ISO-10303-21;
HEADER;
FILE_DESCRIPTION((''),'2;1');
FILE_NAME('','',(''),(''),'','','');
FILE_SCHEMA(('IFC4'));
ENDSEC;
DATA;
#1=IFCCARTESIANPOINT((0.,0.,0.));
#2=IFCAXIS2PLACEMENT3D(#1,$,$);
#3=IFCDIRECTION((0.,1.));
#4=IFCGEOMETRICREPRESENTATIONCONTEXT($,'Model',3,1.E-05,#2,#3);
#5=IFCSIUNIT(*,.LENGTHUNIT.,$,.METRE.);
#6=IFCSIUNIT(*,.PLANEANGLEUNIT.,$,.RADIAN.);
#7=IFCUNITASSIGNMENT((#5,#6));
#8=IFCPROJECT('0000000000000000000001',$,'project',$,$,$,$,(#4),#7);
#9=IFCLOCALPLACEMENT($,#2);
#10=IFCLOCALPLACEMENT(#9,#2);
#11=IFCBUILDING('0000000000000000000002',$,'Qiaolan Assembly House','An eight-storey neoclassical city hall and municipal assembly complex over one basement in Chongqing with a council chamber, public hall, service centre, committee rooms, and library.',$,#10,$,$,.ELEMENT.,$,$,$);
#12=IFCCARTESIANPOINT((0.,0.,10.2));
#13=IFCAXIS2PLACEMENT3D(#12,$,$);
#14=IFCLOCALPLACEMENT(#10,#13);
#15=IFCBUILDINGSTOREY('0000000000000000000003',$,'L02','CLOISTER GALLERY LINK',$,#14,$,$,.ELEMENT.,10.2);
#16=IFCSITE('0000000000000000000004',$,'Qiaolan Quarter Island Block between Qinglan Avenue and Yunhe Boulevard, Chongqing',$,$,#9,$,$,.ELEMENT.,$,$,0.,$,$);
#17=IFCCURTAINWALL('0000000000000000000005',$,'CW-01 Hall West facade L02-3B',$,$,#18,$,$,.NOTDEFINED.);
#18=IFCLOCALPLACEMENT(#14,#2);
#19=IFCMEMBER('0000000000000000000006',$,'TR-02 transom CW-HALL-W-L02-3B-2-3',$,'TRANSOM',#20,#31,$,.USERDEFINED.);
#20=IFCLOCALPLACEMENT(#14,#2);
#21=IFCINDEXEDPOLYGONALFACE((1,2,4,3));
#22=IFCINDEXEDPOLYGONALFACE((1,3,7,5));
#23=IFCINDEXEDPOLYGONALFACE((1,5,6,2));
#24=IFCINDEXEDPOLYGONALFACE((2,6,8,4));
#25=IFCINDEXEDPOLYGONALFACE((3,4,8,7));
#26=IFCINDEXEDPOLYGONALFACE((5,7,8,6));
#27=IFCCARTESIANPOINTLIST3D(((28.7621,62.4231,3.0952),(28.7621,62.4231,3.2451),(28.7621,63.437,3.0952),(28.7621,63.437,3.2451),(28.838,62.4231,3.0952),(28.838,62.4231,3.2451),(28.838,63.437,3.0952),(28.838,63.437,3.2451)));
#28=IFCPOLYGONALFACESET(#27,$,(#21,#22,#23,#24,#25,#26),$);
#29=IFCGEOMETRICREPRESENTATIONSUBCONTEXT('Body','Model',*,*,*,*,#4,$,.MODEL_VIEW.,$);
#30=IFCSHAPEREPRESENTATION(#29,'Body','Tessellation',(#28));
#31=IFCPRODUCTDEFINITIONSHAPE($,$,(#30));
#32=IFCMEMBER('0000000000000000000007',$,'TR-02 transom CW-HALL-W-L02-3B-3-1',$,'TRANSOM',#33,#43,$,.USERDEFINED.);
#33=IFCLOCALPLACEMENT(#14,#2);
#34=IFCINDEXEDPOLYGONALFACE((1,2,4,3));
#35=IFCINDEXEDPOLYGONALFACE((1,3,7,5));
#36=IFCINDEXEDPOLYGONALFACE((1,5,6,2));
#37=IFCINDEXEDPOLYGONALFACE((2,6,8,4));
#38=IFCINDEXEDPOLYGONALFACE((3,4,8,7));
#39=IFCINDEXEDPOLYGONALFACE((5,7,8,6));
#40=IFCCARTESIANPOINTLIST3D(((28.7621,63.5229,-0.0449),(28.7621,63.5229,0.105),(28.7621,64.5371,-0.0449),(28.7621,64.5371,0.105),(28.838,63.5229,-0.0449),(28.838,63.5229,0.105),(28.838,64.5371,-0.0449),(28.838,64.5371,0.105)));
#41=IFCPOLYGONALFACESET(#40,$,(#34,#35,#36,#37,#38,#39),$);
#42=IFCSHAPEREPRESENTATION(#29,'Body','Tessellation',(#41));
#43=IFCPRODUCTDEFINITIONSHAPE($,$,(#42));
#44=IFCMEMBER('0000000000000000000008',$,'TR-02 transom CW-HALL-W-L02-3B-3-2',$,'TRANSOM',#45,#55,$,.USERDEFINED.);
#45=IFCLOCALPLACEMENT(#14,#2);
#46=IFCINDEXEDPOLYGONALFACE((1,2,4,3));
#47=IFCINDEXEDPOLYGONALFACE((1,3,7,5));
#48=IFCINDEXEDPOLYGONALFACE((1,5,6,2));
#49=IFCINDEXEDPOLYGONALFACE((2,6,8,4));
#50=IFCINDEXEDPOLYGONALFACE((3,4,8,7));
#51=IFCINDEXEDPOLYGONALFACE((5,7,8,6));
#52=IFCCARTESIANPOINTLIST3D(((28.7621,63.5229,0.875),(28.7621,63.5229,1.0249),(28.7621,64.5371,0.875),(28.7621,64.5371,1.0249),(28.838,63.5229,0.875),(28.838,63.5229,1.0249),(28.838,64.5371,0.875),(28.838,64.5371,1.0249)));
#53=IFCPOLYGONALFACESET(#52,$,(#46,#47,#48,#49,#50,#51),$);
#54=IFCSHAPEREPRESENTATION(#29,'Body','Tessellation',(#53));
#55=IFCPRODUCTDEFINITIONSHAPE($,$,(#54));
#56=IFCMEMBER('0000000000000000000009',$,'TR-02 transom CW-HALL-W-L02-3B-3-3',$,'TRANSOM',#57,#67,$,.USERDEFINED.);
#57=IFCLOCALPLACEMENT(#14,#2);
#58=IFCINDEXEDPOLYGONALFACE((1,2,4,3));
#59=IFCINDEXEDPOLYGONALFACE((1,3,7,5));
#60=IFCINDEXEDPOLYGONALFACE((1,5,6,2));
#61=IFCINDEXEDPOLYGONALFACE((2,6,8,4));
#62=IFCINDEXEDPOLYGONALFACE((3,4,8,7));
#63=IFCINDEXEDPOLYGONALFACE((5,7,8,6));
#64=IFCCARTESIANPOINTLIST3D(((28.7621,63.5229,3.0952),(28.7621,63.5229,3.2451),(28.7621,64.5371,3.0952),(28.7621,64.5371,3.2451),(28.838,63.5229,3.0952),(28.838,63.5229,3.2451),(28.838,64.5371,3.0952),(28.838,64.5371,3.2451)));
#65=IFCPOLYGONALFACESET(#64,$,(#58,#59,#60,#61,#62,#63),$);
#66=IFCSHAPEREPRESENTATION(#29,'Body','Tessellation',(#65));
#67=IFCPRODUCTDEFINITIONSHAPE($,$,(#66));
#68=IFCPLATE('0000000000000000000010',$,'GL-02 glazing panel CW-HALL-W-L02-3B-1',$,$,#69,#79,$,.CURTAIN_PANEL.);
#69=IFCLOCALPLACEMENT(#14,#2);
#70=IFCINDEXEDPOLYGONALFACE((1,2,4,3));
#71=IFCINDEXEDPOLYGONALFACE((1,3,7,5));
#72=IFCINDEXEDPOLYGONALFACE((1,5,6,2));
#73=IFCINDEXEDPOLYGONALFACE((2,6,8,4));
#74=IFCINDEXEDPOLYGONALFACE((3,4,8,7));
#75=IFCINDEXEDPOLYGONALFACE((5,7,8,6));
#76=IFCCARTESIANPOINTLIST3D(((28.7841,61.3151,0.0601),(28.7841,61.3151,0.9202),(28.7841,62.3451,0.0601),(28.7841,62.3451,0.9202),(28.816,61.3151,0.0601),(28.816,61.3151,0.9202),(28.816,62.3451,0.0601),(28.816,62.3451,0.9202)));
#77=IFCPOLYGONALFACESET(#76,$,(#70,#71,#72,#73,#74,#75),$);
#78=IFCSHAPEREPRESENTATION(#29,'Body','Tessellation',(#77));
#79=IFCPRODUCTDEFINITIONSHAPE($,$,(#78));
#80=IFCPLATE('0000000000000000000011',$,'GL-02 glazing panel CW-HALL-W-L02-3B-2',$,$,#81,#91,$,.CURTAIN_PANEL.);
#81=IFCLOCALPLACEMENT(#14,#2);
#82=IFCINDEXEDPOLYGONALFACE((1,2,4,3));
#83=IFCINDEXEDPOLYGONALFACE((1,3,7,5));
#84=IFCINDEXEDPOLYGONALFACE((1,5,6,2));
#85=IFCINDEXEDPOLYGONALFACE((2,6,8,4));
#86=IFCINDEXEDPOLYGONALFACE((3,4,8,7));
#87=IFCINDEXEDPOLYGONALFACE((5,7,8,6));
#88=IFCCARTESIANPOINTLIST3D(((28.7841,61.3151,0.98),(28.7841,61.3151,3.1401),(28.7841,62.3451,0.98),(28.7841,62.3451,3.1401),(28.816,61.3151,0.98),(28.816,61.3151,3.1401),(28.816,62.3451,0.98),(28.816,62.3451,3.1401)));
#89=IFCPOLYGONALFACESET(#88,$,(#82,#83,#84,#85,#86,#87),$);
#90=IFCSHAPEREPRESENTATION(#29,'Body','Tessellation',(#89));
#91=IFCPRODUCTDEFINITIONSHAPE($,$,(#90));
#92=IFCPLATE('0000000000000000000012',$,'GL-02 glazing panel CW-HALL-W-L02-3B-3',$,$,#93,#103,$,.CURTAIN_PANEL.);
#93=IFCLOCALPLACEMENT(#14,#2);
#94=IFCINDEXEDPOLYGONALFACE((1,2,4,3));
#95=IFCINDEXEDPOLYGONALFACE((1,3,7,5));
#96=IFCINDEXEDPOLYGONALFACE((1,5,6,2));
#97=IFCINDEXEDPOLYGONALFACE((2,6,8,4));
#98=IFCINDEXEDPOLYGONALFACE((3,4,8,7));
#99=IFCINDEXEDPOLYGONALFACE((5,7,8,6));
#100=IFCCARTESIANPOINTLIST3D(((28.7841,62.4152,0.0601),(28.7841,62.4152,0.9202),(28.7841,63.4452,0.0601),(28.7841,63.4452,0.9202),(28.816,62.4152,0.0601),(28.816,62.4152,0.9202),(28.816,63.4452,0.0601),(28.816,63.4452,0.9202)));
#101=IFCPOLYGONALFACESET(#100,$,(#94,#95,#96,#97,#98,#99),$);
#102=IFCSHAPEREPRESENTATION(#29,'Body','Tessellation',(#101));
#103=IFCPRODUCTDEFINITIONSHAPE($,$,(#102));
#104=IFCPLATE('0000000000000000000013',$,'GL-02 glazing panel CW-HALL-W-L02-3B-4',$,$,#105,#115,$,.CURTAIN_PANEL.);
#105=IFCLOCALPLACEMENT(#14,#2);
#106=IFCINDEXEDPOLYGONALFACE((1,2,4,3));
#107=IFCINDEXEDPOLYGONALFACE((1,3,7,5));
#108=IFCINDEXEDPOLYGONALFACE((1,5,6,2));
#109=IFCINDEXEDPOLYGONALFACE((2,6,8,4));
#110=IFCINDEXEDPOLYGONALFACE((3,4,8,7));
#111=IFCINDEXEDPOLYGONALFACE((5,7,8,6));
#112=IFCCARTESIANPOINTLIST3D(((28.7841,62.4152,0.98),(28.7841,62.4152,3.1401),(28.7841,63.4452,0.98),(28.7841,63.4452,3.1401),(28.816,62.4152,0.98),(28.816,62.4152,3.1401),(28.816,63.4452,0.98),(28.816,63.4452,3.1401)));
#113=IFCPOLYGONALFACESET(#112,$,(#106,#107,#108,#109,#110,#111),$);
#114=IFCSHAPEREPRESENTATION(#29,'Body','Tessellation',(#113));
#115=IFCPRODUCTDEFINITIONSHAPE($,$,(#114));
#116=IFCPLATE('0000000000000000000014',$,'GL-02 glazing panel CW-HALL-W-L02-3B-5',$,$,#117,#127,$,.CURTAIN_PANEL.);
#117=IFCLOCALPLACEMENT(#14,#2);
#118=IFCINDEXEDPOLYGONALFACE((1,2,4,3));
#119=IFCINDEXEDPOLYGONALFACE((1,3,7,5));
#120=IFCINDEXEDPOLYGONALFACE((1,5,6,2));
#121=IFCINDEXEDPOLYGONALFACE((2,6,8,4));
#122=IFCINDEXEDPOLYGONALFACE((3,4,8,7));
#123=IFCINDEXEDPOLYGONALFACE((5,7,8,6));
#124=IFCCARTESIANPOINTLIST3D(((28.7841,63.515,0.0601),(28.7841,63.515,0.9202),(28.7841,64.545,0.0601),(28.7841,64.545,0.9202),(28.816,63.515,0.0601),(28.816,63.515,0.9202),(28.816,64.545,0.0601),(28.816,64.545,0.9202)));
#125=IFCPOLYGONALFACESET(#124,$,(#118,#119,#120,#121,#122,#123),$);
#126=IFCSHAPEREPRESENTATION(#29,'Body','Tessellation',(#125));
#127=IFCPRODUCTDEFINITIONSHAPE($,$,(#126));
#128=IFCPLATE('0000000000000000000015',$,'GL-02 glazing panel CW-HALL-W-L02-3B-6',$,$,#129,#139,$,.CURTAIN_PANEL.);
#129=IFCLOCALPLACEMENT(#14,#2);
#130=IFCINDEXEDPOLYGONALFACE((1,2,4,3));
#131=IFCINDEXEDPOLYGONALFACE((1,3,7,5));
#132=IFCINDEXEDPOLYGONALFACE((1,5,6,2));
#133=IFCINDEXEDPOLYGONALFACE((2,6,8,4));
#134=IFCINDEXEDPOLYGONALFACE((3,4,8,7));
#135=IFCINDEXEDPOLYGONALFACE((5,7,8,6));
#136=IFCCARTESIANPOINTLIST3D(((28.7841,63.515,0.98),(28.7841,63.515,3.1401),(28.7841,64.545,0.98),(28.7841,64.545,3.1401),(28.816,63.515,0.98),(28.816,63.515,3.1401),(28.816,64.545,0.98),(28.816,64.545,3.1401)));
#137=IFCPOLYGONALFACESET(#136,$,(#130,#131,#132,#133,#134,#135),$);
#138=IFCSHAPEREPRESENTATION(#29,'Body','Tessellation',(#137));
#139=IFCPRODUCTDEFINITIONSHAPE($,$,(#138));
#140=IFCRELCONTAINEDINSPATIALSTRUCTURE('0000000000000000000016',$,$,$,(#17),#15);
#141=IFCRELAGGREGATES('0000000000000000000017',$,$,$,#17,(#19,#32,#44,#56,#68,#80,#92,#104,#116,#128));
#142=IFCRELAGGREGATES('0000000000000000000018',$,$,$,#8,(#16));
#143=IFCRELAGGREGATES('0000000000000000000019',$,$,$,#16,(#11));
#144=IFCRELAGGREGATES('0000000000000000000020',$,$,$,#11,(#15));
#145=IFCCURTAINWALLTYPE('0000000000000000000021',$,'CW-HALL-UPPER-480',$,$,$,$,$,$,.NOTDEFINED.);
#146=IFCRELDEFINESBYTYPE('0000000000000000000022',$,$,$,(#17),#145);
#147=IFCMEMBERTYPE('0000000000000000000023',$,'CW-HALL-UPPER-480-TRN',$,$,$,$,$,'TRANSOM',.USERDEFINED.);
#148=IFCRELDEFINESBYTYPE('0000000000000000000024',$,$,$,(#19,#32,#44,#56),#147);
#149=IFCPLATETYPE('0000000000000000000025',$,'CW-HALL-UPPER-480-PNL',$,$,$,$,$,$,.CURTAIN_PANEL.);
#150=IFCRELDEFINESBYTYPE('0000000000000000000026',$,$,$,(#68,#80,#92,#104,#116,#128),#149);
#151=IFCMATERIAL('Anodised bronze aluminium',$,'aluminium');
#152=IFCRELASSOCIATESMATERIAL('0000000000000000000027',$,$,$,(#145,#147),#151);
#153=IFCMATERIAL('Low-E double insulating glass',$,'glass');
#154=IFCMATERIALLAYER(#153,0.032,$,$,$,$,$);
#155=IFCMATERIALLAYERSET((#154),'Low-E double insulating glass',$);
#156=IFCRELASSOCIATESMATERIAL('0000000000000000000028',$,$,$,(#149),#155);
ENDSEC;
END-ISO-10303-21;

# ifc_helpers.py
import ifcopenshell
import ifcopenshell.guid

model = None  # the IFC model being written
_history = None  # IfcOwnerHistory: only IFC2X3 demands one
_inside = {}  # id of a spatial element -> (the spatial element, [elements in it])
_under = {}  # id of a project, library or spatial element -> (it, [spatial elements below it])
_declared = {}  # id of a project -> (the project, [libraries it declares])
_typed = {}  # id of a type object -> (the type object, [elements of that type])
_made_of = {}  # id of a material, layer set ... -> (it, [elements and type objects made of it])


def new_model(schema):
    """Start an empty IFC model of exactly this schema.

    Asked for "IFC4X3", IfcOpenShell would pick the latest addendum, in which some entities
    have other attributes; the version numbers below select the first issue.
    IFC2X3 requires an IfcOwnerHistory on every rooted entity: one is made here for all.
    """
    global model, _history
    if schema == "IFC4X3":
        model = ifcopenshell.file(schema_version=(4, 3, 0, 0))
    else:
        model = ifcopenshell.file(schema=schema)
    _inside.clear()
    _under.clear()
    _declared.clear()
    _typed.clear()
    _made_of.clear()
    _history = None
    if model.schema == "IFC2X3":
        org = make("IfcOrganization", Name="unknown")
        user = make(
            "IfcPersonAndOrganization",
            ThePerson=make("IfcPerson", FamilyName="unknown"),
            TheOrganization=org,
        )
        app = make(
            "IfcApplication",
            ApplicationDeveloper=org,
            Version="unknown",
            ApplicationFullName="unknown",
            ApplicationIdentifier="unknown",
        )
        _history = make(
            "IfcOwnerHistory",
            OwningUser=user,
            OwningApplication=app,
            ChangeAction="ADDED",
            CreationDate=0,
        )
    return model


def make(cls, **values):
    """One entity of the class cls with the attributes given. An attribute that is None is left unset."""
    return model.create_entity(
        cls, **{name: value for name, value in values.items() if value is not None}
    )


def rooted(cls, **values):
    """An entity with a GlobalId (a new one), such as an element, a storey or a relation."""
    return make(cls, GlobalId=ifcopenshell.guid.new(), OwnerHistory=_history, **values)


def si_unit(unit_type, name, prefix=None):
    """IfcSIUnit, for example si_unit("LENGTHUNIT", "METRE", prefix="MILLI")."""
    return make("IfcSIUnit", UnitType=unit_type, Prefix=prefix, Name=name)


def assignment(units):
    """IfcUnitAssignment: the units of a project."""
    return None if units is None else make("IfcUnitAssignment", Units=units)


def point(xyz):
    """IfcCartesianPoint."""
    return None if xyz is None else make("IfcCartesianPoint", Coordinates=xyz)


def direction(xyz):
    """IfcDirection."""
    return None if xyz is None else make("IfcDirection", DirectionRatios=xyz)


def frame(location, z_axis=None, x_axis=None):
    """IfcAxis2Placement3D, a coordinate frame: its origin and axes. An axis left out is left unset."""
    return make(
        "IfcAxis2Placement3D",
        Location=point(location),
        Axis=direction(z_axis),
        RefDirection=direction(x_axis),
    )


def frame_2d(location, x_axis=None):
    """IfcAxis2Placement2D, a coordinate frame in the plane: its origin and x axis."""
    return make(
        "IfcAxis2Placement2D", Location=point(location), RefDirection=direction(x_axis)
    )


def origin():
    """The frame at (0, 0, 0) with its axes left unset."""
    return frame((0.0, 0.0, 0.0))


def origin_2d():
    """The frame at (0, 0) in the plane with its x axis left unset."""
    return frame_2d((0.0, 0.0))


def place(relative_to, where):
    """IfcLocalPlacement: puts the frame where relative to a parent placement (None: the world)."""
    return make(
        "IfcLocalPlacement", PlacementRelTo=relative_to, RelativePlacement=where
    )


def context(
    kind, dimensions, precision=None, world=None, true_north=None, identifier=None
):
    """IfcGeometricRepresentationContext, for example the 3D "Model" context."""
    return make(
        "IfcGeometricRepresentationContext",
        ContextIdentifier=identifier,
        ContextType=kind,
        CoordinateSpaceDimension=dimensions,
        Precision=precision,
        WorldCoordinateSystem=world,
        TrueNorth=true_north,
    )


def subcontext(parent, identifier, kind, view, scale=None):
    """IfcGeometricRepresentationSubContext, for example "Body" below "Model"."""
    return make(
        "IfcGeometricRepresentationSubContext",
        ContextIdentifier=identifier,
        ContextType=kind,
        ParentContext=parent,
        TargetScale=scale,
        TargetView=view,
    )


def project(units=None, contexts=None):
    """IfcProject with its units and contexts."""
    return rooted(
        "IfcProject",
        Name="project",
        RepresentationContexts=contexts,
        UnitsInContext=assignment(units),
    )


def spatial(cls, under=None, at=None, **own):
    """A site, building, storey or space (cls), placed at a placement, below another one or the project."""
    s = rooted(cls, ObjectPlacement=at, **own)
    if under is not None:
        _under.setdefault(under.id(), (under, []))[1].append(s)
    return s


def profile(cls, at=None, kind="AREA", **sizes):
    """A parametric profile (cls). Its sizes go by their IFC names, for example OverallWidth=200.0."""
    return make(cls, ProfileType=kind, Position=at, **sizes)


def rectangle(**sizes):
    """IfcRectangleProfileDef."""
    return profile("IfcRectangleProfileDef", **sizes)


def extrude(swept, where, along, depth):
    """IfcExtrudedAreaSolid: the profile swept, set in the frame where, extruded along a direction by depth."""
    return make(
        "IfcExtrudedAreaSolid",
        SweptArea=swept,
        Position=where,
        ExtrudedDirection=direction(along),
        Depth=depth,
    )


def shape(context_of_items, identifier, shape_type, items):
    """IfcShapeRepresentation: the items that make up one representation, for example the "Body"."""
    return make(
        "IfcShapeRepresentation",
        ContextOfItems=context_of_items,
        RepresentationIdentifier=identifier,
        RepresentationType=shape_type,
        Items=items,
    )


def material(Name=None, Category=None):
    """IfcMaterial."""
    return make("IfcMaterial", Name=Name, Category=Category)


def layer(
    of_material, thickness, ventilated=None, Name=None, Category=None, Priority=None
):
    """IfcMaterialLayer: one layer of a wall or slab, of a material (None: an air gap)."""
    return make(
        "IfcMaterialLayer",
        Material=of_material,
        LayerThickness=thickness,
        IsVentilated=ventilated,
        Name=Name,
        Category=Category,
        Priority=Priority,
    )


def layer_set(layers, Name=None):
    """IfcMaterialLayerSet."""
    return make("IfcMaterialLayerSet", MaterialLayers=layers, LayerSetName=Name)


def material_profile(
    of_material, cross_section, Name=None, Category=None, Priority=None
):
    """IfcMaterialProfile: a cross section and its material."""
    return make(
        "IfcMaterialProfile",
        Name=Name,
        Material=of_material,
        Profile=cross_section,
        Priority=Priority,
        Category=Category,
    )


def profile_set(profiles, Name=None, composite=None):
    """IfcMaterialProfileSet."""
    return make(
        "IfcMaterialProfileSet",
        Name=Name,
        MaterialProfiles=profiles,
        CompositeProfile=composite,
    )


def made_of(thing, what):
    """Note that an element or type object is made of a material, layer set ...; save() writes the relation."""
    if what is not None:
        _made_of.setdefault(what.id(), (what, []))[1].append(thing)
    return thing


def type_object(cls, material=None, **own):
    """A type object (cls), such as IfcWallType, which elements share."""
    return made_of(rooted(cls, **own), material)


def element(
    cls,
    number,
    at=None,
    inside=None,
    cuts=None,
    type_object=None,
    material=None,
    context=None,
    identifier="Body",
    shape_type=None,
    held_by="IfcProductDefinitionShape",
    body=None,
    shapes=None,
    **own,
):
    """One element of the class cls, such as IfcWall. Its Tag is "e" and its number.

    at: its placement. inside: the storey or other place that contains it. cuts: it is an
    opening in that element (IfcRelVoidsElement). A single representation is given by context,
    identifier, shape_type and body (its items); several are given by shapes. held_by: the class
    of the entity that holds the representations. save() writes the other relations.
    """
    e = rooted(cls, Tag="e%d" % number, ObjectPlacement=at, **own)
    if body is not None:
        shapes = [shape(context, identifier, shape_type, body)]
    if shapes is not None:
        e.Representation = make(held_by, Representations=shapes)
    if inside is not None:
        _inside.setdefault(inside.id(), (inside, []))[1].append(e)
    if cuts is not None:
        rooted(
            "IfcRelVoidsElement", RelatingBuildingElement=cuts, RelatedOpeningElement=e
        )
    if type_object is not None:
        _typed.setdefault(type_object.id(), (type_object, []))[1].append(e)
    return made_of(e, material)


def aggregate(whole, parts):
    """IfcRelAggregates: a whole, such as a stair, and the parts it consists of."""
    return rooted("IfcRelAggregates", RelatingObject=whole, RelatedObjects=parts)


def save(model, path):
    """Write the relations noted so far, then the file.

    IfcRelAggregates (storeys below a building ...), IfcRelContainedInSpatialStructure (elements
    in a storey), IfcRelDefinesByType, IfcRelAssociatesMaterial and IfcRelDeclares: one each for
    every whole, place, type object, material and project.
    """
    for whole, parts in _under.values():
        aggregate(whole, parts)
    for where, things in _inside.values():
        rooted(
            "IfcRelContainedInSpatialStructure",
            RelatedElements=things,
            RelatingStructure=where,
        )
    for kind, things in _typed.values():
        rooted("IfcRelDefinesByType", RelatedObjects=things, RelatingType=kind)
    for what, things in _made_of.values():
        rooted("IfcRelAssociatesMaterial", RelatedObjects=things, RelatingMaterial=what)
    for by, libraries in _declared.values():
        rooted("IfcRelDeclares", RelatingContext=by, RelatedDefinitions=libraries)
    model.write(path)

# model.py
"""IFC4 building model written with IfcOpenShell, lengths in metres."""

from ifc_helpers import new_model, si_unit, direction, frame, frame_2d, origin, origin_2d, place, context, subcontext, project, spatial, rectangle, extrude, material, layer, layer_set, material_profile, profile_set, type_object, element, aggregate, save


model = new_model("IFC4")

# Units and contexts
model_context = context("Model", 3, precision=1e-05, world=origin(), true_north=direction((0.0, 1.0)))
body_context = subcontext(model_context, "Body", "Model", "MODEL_VIEW")
ifc_project = project(units=[si_unit("LENGTHUNIT", "METRE"), si_unit("PLANEANGLEUNIT", "RADIAN")], contexts=[model_context])

# Site, building, storey
site_placement = place(None, origin())
site = spatial("IfcSite", under=ifc_project, at=site_placement, Name="Qiaolan Quarter Island Block between Qinglan Avenue and Yunhe Boulevard, Chongqing", CompositionType="ELEMENT", RefElevation=0.0)
building_placement = place(site_placement, origin())
building = spatial("IfcBuilding", under=site, at=building_placement, Name="Qiaolan Assembly House", Description="An eight-storey neoclassical city hall and municipal assembly complex over one basement in Chongqing with a council chamber, public hall, service centre, committee rooms, and library.", CompositionType="ELEMENT")
storey_placement = place(building_placement, frame((0.0, 0.0, 10.2)))
storey = spatial("IfcBuildingStorey", under=building, at=storey_placement, Name="L02", Description="CLOISTER GALLERY LINK", CompositionType="ELEMENT", Elevation=10.2)

# Shared definitions
ifc_material_1 = material(Name="Anodised bronze aluminium", Category="aluminium")
curtain_wall_type = type_object("IfcCurtainWallType", Name="CW-HALL-UPPER-480", PredefinedType="NOTDEFINED", material=ifc_material_1)

# Curtain wall
curtain_wall_1_placement = place(storey_placement, origin())
curtain_wall_1 = element("IfcCurtainWall", 1, at=curtain_wall_1_placement, inside=storey, type_object=curtain_wall_type, Name="CW-01 Hall West facade L02-3B", PredefinedType="NOTDEFINED")

# Members
ifc_material_profile_1 = material_profile(ifc_material_1, rectangle(XDim=0.0759, YDim=0.1499, at=origin_2d()), Name="TRN 76x150")
ifc_profile_set_1 = profile_set([ifc_material_profile_1], Name="Anodised bronze aluminium")
member_type_1 = type_object("IfcMemberType", Name="CW-HALL-UPPER-480-TRN", ElementType="TRANSOM", PredefinedType="USERDEFINED", material=ifc_profile_set_1)
member_1_placement = place(storey_placement, frame((28.8, 62.4231, 3.1702), z_axis=(0.0, 1.0, 0.0), x_axis=(-1.0, 0.0, 0.0)))
member_1 = element("IfcMember", 2, at=member_1_placement, type_object=member_type_1, Name="TR-02 transom CW-HALL-W-L02-3B-2-3", ObjectType="TRANSOM", PredefinedType="USERDEFINED", context=body_context, shape_type="SweptSolid", body=[
    extrude(rectangle(XDim=0.0759, YDim=0.1499, at=origin_2d()), origin(), (0.0, 0.0, 1.0), 1.0139),
])
member_2_placement = place(storey_placement, frame((28.8, 63.5229, 0.03), z_axis=(0.0, 1.0, 0.0), x_axis=(-1.0, 0.0, 0.0)))
member_2 = element("IfcMember", 3, at=member_2_placement, type_object=member_type_1, Name="TR-02 transom CW-HALL-W-L02-3B-3-1", ObjectType="TRANSOM", PredefinedType="USERDEFINED", context=body_context, shape_type="SweptSolid", body=[
    extrude(rectangle(XDim=0.0759, YDim=0.1499, at=origin_2d()), origin(), (0.0, 0.0, 1.0), 1.0142),
])
member_3_placement = place(storey_placement, frame((28.8, 63.5229, 0.95), z_axis=(0.0, 1.0, 0.0), x_axis=(-1.0, 0.0, 0.0)))
member_3 = element("IfcMember", 4, at=member_3_placement, type_object=member_type_1, Name="TR-02 transom CW-HALL-W-L02-3B-3-2", ObjectType="TRANSOM", PredefinedType="USERDEFINED", context=body_context, shape_type="SweptSolid", body=[
    extrude(rectangle(XDim=0.0759, YDim=0.1499, at=origin_2d()), origin(), (0.0, 0.0, 1.0), 1.0142),
])
member_4_placement = place(storey_placement, frame((28.8, 63.5229, 3.1702), z_axis=(0.0, 1.0, 0.0), x_axis=(-1.0, 0.0, 0.0)))
member_4 = element("IfcMember", 5, at=member_4_placement, type_object=member_type_1, Name="TR-02 transom CW-HALL-W-L02-3B-3-3", ObjectType="TRANSOM", PredefinedType="USERDEFINED", context=body_context, shape_type="SweptSolid", body=[
    extrude(rectangle(XDim=0.0759, YDim=0.1499, at=origin_2d()), origin(), (0.0, 0.0, 1.0), 1.0142),
])

# Plates
ifc_material_2 = material(Name="Low-E double insulating glass", Category="glass")
ifc_layer = layer(ifc_material_2, 0.032)
ifc_layer_set = layer_set([ifc_layer], Name="Low-E double insulating glass")
plate_type = type_object("IfcPlateType", Name="CW-HALL-UPPER-480-PNL", PredefinedType="CURTAIN_PANEL", material=ifc_layer_set)
plate_1_placement = place(storey_placement, frame((28.8, 61.3149, 0.0601), z_axis=(0.0, 0.0, 1.0), x_axis=(0.0, 1.0, 0.0)))
plate_1 = element("IfcPlate", 6, at=plate_1_placement, type_object=plate_type, Name="GL-02 glazing panel CW-HALL-W-L02-3B-1", PredefinedType="CURTAIN_PANEL", context=body_context, shape_type="SweptSolid", body=[
    extrude(rectangle(XDim=1.03, YDim=0.032, at=frame_2d((0.5151, 0.0))), origin(), (0.0, 0.0, 1.0), 0.8601),
])
plate_2_placement = place(storey_placement, frame((28.8, 61.3149, 0.98), z_axis=(0.0, 0.0, 1.0), x_axis=(0.0, 1.0, 0.0)))
plate_2 = element("IfcPlate", 7, at=plate_2_placement, type_object=plate_type, Name="GL-02 glazing panel CW-HALL-W-L02-3B-2", PredefinedType="CURTAIN_PANEL", context=body_context, shape_type="SweptSolid", body=[
    extrude(rectangle(XDim=1.03, YDim=0.032, at=frame_2d((0.5151, 0.0))), origin(), (0.0, 0.0, 1.0), 2.1602),
])
plate_3_placement = place(storey_placement, frame((28.8, 62.415, 0.0601), z_axis=(0.0, 0.0, 1.0), x_axis=(0.0, 1.0, 0.0)))
plate_3 = element("IfcPlate", 8, at=plate_3_placement, type_object=plate_type, Name="GL-02 glazing panel CW-HALL-W-L02-3B-3", PredefinedType="CURTAIN_PANEL", context=body_context, shape_type="SweptSolid", body=[
    extrude(rectangle(XDim=1.03, YDim=0.032, at=frame_2d((0.5151, 0.0))), origin(), (0.0, 0.0, 1.0), 0.8601),
])
plate_4_placement = place(storey_placement, frame((28.8, 62.415, 0.98), z_axis=(0.0, 0.0, 1.0), x_axis=(0.0, 1.0, 0.0)))
plate_4 = element("IfcPlate", 9, at=plate_4_placement, type_object=plate_type, Name="GL-02 glazing panel CW-HALL-W-L02-3B-4", PredefinedType="CURTAIN_PANEL", context=body_context, shape_type="SweptSolid", body=[
    extrude(rectangle(XDim=1.03, YDim=0.032, at=frame_2d((0.5151, 0.0))), origin(), (0.0, 0.0, 1.0), 2.1602),
])
plate_5_placement = place(storey_placement, frame((28.8, 63.5149, 0.0601), z_axis=(0.0, 0.0, 1.0), x_axis=(0.0, 1.0, 0.0)))
plate_5 = element("IfcPlate", 10, at=plate_5_placement, type_object=plate_type, Name="GL-02 glazing panel CW-HALL-W-L02-3B-5", PredefinedType="CURTAIN_PANEL", context=body_context, shape_type="SweptSolid", body=[
    extrude(rectangle(XDim=1.03, YDim=0.032, at=frame_2d((0.5151, 0.0))), origin(), (0.0, 0.0, 1.0), 0.8601),
])
plate_6_placement = place(storey_placement, frame((28.8, 63.5149, 0.98), z_axis=(0.0, 0.0, 1.0), x_axis=(0.0, 1.0, 0.0)))
plate_6 = element("IfcPlate", 11, at=plate_6_placement, type_object=plate_type, Name="GL-02 glazing panel CW-HALL-W-L02-3B-6", PredefinedType="CURTAIN_PANEL", context=body_context, shape_type="SweptSolid", body=[
    extrude(rectangle(XDim=1.03, YDim=0.032, at=frame_2d((0.5151, 0.0))), origin(), (0.0, 0.0, 1.0), 2.1602),
])
aggregate(curtain_wall_1, [member_1, member_2, member_3, member_4, plate_1, plate_2, plate_3, plate_4, plate_5, plate_6])

save(model, "model.ifc")
